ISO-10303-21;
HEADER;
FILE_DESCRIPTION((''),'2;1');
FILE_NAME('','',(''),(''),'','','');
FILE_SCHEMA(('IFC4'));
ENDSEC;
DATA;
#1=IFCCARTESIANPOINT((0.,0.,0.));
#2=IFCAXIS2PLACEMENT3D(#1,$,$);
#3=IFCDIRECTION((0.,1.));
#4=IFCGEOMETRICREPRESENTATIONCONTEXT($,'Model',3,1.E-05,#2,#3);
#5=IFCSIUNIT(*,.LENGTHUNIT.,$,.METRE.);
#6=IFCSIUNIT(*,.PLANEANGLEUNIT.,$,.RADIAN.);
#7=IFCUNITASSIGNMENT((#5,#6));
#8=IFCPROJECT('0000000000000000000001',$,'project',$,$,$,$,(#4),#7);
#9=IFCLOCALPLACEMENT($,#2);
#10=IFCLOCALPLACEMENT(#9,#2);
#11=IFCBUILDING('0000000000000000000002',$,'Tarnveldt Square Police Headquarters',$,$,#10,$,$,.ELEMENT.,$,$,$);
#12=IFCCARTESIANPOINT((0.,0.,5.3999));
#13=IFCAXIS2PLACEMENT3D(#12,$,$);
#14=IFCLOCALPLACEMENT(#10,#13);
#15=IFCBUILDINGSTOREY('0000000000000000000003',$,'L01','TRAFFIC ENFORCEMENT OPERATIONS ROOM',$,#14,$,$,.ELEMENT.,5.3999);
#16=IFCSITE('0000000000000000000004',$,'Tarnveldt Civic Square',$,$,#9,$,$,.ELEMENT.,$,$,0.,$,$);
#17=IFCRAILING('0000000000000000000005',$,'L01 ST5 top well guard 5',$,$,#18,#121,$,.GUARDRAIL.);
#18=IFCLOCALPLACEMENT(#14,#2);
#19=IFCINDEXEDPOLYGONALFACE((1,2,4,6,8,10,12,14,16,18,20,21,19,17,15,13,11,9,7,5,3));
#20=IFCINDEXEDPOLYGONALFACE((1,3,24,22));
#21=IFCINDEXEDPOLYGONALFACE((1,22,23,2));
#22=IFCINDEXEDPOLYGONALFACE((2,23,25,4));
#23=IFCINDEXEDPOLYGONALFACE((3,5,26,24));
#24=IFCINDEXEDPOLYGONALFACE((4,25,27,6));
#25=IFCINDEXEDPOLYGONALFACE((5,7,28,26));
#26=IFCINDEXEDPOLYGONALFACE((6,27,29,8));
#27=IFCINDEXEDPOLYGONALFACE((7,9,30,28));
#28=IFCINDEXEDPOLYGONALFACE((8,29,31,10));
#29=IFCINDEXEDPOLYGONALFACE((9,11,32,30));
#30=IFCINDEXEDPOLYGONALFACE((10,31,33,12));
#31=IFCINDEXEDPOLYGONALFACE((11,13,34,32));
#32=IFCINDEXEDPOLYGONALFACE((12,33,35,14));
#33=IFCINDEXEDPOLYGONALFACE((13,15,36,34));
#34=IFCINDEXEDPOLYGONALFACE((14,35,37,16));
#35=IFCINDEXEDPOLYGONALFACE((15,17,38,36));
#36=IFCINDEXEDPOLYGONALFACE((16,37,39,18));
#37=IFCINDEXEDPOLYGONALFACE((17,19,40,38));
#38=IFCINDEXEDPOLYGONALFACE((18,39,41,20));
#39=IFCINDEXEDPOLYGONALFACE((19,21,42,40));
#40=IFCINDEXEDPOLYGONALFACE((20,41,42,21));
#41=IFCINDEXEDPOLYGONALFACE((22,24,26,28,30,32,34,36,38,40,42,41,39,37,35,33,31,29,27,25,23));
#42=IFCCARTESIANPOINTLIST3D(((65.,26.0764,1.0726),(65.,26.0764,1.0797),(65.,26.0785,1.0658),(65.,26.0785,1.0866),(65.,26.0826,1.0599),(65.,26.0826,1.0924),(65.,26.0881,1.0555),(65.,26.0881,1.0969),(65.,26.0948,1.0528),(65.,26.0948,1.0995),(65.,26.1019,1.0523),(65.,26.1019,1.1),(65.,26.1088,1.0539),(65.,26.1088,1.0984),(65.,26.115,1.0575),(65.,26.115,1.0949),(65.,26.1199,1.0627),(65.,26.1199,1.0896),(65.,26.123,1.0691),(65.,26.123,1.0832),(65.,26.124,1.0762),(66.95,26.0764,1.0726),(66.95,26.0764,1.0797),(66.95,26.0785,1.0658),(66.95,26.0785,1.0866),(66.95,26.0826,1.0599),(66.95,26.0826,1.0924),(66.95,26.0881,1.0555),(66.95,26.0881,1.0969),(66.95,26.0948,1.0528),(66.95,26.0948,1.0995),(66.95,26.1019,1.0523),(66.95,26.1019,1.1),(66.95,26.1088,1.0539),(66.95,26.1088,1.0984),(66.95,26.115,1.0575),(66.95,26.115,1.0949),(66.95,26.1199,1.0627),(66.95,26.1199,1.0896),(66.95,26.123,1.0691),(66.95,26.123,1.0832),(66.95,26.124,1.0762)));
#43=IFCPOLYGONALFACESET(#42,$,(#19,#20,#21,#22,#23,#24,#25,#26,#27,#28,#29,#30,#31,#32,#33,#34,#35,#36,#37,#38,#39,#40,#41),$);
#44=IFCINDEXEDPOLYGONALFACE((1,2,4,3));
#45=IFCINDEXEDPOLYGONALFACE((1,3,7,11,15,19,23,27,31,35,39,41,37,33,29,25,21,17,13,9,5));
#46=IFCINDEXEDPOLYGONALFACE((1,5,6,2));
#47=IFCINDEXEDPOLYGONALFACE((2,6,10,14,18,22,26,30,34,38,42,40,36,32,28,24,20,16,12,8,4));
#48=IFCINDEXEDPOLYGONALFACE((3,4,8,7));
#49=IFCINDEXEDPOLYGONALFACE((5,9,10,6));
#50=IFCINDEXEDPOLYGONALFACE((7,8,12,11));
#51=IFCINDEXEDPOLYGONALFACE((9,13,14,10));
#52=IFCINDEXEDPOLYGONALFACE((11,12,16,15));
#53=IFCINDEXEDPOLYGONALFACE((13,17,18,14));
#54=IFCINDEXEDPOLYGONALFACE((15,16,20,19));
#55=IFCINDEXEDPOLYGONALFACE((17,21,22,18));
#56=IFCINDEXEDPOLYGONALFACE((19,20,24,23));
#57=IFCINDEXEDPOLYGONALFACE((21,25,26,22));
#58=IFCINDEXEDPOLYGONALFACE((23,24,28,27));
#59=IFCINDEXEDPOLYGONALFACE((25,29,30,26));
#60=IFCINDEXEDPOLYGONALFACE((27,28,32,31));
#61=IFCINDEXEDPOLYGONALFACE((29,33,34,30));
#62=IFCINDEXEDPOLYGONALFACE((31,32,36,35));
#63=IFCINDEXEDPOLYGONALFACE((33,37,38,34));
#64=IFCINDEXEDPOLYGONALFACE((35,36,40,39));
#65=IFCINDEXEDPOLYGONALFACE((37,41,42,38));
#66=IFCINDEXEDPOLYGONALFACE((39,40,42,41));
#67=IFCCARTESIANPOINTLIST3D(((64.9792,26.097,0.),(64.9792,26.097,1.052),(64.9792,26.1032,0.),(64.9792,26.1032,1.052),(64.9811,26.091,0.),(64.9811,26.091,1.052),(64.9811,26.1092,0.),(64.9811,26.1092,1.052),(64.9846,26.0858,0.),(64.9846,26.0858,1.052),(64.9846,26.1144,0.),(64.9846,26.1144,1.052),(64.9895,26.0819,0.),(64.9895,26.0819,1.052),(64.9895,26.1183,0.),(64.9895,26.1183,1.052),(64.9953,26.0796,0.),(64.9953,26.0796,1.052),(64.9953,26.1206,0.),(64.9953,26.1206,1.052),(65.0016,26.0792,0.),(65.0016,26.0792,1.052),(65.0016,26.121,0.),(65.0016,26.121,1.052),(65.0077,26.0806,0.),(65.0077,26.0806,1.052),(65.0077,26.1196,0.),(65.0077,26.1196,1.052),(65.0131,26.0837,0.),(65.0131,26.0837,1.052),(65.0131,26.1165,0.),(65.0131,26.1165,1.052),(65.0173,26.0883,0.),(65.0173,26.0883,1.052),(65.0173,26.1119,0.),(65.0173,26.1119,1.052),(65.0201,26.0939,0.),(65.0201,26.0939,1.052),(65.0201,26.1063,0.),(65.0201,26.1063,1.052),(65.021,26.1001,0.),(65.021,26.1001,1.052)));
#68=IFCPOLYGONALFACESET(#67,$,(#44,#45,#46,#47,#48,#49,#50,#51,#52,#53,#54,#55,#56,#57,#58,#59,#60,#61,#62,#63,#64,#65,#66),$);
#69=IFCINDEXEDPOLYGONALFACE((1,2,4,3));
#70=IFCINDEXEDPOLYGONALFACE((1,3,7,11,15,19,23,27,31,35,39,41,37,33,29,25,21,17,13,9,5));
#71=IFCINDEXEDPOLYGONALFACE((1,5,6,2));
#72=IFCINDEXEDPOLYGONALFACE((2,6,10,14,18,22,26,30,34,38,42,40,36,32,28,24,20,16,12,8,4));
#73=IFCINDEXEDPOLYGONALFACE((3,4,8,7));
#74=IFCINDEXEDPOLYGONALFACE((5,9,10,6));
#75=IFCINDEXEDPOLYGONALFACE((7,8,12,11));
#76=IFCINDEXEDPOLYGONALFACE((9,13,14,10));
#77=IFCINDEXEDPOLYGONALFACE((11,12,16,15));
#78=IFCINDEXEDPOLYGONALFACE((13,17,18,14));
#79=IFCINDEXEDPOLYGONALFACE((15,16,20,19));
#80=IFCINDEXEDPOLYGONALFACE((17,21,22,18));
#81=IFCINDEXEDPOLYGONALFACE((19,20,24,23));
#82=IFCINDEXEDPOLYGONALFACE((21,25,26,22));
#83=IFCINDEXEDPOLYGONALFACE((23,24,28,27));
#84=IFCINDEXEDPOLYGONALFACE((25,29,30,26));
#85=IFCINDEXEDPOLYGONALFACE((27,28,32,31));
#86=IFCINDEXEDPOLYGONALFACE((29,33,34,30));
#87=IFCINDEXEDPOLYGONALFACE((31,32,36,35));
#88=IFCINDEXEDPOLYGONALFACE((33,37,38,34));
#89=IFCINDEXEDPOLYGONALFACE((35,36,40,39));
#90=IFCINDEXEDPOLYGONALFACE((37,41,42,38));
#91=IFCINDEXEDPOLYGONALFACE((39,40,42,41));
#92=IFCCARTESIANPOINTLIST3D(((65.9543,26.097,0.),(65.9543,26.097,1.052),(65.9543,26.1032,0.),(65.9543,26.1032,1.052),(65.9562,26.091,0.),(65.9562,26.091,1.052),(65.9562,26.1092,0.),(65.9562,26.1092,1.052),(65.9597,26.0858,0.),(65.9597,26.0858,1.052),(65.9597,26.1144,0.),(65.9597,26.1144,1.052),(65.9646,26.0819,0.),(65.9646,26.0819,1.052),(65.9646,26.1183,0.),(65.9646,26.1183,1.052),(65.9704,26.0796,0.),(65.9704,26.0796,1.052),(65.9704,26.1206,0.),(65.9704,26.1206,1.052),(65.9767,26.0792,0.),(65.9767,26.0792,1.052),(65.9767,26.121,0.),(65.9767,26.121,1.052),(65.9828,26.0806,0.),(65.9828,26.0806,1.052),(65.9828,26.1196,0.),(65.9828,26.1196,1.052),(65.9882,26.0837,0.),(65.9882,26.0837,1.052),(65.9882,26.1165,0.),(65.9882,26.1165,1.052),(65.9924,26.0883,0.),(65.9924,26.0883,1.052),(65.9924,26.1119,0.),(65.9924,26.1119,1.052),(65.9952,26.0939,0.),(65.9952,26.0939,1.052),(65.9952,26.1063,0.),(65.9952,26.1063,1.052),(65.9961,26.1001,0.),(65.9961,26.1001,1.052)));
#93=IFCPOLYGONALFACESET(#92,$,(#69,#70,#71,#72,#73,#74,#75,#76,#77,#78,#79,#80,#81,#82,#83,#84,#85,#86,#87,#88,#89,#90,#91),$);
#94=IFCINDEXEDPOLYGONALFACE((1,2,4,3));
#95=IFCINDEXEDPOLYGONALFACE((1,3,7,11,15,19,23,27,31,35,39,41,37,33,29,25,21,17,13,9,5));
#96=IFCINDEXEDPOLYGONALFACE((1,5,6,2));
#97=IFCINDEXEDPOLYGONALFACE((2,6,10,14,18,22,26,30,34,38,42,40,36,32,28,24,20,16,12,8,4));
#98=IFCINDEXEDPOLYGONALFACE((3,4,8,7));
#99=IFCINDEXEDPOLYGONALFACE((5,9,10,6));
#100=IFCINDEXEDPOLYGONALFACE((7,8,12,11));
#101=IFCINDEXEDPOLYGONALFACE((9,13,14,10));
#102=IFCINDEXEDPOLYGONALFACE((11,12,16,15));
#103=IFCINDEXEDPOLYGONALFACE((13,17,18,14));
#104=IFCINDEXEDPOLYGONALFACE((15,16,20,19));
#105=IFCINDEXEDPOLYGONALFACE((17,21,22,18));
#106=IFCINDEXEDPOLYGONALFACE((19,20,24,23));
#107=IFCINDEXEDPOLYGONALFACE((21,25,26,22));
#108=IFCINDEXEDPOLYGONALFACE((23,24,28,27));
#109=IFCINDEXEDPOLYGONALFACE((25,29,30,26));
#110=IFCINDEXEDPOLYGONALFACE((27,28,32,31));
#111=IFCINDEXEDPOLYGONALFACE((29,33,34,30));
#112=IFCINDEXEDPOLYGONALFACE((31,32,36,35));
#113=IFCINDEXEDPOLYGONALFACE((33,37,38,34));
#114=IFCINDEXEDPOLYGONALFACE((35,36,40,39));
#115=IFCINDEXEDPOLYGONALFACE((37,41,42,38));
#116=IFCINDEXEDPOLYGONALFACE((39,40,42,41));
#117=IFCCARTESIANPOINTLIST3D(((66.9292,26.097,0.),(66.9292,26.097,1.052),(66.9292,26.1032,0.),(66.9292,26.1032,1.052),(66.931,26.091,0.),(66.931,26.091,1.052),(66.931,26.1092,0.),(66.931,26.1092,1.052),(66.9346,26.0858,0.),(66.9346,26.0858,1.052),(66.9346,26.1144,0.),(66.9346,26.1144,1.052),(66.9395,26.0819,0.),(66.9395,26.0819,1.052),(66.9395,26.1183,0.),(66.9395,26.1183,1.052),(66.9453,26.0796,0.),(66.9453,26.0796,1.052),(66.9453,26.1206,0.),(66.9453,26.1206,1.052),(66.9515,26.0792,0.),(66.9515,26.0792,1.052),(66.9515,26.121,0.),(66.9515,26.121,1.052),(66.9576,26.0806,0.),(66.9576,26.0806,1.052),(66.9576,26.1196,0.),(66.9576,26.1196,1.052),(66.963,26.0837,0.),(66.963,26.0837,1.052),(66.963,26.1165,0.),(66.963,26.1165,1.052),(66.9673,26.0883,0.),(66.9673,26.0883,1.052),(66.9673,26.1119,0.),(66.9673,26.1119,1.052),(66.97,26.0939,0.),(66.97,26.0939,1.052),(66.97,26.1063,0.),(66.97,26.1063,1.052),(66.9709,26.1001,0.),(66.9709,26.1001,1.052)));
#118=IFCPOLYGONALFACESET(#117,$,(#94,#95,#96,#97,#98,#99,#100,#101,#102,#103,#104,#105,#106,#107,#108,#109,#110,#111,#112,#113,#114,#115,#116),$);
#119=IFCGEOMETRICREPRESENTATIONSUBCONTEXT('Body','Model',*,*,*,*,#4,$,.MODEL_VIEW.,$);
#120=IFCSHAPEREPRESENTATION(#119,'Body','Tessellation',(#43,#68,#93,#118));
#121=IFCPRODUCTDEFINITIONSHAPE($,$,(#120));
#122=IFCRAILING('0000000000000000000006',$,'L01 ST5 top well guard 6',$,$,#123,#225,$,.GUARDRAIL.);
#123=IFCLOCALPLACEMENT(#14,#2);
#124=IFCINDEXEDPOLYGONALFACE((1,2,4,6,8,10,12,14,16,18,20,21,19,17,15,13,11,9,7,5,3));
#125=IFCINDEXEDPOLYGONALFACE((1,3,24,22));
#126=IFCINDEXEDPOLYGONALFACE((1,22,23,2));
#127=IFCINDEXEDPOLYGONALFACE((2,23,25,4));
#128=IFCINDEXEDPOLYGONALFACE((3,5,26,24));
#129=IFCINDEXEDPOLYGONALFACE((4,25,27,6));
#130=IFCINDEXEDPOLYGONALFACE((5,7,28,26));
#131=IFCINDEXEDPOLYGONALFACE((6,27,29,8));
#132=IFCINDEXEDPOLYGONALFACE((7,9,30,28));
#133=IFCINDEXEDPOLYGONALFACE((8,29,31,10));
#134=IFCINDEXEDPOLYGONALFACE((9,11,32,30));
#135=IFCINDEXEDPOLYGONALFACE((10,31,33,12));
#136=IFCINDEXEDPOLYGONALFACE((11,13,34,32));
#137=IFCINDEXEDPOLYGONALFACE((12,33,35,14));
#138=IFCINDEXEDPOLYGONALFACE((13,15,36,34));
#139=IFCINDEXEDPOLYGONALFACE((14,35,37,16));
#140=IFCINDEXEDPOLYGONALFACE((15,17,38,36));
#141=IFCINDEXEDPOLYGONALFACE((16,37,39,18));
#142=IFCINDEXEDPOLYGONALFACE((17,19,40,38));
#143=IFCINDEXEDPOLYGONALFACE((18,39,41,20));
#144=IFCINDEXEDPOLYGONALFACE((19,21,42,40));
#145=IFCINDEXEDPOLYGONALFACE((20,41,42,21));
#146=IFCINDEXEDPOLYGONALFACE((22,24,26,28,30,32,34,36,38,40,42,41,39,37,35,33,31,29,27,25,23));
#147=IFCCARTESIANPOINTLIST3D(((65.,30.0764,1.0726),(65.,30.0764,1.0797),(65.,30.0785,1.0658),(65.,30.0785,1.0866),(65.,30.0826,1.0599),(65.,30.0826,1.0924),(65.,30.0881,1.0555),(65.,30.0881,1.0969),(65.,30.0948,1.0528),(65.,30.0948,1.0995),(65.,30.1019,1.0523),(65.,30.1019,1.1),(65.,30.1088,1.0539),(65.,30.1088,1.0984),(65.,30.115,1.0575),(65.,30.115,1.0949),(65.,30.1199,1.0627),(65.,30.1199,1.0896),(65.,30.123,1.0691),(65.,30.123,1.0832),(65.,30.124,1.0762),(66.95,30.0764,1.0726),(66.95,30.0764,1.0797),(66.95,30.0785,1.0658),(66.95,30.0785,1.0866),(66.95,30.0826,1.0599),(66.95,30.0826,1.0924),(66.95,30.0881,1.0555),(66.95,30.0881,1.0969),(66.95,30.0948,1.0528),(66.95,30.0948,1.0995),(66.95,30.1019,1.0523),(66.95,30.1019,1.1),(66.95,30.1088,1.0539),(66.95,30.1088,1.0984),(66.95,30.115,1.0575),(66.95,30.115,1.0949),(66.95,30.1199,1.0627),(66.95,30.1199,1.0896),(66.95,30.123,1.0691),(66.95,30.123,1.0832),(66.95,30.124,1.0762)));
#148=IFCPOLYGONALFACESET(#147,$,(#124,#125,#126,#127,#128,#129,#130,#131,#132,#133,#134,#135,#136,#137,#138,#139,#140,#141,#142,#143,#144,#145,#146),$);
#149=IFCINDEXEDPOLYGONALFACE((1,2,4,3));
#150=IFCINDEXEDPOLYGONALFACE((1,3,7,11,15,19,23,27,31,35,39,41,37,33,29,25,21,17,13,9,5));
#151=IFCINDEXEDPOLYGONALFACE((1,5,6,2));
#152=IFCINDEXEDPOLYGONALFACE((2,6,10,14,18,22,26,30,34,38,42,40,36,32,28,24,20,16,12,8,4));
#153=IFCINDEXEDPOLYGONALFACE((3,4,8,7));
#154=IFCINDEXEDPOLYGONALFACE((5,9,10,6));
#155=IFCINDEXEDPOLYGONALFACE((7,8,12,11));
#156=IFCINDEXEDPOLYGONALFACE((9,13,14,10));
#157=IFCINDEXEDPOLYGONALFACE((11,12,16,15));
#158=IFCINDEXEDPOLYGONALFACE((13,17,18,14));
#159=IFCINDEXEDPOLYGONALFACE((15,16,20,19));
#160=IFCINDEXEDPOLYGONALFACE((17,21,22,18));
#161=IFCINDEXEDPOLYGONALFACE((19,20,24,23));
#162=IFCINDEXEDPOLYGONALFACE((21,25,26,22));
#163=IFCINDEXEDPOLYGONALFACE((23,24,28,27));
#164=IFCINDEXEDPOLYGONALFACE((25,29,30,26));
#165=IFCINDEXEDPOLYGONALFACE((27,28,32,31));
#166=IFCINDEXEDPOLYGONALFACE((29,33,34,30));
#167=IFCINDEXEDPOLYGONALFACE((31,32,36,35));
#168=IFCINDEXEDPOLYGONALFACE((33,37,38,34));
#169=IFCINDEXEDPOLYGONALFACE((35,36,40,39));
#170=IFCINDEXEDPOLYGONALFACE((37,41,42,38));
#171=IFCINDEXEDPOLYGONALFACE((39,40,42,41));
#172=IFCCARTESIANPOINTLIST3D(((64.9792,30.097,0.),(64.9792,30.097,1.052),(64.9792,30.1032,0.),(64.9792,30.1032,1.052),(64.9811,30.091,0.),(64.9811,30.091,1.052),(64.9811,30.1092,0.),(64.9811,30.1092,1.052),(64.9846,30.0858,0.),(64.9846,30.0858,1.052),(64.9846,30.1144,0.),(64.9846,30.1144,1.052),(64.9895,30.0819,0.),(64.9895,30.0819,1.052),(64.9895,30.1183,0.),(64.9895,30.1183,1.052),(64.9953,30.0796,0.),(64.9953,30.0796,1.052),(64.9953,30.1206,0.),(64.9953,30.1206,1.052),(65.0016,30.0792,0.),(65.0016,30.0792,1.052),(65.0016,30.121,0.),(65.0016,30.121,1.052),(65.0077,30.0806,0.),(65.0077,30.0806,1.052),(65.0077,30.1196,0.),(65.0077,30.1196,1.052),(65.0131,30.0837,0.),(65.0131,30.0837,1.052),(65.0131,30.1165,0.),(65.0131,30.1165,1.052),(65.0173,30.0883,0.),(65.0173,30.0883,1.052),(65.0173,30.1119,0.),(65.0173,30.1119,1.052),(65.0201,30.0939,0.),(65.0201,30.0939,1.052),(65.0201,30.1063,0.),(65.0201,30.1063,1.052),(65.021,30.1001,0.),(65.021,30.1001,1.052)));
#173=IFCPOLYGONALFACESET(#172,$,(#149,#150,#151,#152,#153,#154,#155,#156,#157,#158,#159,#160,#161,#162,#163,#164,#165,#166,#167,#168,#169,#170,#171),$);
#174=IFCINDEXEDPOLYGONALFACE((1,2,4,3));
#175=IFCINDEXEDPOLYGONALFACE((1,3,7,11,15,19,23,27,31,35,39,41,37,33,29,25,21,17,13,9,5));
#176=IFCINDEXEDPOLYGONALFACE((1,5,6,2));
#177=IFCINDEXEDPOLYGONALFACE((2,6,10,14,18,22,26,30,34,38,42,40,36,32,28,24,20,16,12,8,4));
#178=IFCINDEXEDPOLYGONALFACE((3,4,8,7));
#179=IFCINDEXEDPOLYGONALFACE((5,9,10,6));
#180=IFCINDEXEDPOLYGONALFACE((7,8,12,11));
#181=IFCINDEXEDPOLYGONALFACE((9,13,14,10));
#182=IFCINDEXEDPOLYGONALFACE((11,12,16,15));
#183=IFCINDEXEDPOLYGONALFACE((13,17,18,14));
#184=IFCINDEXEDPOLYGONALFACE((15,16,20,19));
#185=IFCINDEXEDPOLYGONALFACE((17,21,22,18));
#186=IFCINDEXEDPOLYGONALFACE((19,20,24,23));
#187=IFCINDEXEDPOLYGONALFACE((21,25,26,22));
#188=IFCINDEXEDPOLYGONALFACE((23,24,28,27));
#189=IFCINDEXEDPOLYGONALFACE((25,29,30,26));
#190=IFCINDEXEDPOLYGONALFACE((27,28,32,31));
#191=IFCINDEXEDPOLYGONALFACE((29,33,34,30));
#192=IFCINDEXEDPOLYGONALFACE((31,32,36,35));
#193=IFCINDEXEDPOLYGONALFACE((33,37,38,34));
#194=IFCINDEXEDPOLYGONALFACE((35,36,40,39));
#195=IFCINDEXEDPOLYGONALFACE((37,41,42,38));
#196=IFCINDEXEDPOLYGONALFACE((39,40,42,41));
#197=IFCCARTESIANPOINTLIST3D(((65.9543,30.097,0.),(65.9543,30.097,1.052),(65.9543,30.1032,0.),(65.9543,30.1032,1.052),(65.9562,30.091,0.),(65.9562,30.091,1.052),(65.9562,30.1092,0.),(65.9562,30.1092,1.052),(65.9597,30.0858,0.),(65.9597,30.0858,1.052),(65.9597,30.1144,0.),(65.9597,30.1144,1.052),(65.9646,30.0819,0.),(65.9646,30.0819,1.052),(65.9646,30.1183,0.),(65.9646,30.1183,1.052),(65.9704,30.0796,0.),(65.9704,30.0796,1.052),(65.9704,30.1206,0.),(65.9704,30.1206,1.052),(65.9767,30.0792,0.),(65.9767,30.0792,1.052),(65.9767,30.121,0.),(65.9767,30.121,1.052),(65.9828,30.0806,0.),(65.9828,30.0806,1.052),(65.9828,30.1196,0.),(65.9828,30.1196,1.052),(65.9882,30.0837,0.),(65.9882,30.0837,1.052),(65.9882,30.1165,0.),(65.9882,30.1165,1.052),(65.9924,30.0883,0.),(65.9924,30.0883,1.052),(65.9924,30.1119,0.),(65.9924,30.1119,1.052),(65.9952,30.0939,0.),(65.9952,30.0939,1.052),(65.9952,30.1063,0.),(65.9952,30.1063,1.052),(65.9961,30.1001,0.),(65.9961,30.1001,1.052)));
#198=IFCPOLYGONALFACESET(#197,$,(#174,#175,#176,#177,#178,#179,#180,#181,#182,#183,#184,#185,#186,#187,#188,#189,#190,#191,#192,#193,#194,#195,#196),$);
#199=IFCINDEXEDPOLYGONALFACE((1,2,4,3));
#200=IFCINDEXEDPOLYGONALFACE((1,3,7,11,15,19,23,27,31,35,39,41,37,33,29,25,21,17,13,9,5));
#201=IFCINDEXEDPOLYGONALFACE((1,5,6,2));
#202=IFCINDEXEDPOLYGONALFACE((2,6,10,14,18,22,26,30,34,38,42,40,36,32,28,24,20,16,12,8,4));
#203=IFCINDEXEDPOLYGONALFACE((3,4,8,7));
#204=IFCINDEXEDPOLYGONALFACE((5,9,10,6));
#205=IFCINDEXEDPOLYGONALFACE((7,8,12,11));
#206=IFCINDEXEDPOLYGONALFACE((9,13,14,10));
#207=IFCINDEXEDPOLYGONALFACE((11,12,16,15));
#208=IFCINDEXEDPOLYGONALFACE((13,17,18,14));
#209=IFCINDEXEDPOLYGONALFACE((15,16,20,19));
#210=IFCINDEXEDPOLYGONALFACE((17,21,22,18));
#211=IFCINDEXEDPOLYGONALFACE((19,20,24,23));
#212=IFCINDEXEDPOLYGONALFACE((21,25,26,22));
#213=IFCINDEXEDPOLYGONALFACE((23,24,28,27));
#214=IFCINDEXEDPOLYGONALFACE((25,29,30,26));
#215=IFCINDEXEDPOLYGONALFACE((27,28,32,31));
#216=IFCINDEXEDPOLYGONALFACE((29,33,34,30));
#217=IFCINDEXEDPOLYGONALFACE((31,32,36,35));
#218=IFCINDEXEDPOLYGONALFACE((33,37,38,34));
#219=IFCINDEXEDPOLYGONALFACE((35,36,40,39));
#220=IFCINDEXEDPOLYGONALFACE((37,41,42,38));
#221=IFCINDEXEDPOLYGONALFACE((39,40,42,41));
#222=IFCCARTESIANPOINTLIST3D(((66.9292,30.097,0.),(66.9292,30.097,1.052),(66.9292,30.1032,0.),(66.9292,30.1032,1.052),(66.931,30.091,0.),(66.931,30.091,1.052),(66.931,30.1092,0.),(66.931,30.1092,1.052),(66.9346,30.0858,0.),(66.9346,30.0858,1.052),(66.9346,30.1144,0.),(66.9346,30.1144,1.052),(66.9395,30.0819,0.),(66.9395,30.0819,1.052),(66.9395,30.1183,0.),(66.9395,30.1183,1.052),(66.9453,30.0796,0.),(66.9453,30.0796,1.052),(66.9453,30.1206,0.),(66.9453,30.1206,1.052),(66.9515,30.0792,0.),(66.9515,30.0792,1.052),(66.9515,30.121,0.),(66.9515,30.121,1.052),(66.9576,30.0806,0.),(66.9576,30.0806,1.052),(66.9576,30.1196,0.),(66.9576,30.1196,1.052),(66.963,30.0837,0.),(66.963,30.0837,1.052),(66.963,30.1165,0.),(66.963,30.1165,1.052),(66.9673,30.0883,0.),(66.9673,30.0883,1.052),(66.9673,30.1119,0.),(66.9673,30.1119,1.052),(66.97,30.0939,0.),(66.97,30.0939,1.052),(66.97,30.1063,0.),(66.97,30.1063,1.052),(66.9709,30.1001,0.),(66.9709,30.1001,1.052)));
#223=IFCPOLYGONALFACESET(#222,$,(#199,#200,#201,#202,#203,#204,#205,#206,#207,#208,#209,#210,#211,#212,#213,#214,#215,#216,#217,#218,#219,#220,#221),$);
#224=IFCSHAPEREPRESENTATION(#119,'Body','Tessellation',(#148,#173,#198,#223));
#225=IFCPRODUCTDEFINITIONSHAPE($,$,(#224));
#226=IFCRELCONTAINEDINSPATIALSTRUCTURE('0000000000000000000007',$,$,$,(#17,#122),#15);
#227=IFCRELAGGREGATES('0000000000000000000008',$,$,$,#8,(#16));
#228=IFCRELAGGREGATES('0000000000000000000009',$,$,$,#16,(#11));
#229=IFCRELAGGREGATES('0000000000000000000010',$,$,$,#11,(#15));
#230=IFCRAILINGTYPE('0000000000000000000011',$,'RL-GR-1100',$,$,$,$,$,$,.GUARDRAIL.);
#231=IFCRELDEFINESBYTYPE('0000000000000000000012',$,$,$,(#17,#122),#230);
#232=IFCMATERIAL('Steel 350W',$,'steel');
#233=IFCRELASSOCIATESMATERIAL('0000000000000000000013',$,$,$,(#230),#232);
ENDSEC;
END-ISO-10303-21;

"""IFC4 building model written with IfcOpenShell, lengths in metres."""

from ifc_helpers import new_model, si_unit, direction, frame, origin, origin_2d, place, context, subcontext, project, spatial, circle, extrude, material, type_object, element, save


model = new_model("IFC4")

# Units and contexts
model_context = context("Model", 3, precision=1e-05, world=origin(), true_north=direction((0.0, 1.0)))
body_context = subcontext(model_context, "Body", "Model", "MODEL_VIEW")
ifc_project = project(units=[si_unit("LENGTHUNIT", "METRE"), si_unit("PLANEANGLEUNIT", "RADIAN")], contexts=[model_context])

# Site, building, storey
site_placement = place(None, origin())
site = spatial("IfcSite", under=ifc_project, at=site_placement, Name="Tarnveldt Civic Square", CompositionType="ELEMENT", RefElevation=0.0)
building_placement = place(site_placement, origin())
building = spatial("IfcBuilding", under=site, at=building_placement, Name="Tarnveldt Square Police Headquarters", CompositionType="ELEMENT")
storey_placement = place(building_placement, frame((0.0, 0.0, 5.3999)))
storey = spatial("IfcBuildingStorey", under=building, at=storey_placement, Name="L01", Description="TRAFFIC ENFORCEMENT OPERATIONS ROOM", CompositionType="ELEMENT", Elevation=5.3999)

# Railings
ifc_material_1 = material(Name="Steel 350W", Category="steel")
railing_type = type_object("IfcRailingType", Name="RL-GR-1100", PredefinedType="GUARDRAIL", material=ifc_material_1)
for number, where, name in (
    (1, (65.0, 26.1001, 0.0), "L01 ST5 top well guard 5"),
    (2, (65.0, 30.1001, 0.0), "L01 ST5 top well guard 6"),
):
    element("IfcRailing", number, at=place(storey_placement, frame(where)), inside=storey, type_object=railing_type, Name=name, PredefinedType="GUARDRAIL", context=body_context, shape_type="SweptSolid", body=[
        extrude(circle(Radius=0.0239, at=origin_2d()), frame((0.0, 0.0, 1.0762), z_axis=(1.0, 0.0, 0.0), x_axis=(0.0, 1.0, 0.0)), (0.0, 0.0, 1.0), 1.95),
        extrude(circle(Radius=0.021, at=origin_2d()), origin(), (0.0, 0.0, 1.0), 1.052),
        extrude(circle(Radius=0.021, at=origin_2d()), frame((0.9751, 0.0, 0.0)), (0.0, 0.0, 1.0), 1.052),
        extrude(circle(Radius=0.021, at=origin_2d()), frame((1.95, 0.0, 0.0)), (0.0, 0.0, 1.0), 1.052),
    ])

save(model, "model.ifc")
